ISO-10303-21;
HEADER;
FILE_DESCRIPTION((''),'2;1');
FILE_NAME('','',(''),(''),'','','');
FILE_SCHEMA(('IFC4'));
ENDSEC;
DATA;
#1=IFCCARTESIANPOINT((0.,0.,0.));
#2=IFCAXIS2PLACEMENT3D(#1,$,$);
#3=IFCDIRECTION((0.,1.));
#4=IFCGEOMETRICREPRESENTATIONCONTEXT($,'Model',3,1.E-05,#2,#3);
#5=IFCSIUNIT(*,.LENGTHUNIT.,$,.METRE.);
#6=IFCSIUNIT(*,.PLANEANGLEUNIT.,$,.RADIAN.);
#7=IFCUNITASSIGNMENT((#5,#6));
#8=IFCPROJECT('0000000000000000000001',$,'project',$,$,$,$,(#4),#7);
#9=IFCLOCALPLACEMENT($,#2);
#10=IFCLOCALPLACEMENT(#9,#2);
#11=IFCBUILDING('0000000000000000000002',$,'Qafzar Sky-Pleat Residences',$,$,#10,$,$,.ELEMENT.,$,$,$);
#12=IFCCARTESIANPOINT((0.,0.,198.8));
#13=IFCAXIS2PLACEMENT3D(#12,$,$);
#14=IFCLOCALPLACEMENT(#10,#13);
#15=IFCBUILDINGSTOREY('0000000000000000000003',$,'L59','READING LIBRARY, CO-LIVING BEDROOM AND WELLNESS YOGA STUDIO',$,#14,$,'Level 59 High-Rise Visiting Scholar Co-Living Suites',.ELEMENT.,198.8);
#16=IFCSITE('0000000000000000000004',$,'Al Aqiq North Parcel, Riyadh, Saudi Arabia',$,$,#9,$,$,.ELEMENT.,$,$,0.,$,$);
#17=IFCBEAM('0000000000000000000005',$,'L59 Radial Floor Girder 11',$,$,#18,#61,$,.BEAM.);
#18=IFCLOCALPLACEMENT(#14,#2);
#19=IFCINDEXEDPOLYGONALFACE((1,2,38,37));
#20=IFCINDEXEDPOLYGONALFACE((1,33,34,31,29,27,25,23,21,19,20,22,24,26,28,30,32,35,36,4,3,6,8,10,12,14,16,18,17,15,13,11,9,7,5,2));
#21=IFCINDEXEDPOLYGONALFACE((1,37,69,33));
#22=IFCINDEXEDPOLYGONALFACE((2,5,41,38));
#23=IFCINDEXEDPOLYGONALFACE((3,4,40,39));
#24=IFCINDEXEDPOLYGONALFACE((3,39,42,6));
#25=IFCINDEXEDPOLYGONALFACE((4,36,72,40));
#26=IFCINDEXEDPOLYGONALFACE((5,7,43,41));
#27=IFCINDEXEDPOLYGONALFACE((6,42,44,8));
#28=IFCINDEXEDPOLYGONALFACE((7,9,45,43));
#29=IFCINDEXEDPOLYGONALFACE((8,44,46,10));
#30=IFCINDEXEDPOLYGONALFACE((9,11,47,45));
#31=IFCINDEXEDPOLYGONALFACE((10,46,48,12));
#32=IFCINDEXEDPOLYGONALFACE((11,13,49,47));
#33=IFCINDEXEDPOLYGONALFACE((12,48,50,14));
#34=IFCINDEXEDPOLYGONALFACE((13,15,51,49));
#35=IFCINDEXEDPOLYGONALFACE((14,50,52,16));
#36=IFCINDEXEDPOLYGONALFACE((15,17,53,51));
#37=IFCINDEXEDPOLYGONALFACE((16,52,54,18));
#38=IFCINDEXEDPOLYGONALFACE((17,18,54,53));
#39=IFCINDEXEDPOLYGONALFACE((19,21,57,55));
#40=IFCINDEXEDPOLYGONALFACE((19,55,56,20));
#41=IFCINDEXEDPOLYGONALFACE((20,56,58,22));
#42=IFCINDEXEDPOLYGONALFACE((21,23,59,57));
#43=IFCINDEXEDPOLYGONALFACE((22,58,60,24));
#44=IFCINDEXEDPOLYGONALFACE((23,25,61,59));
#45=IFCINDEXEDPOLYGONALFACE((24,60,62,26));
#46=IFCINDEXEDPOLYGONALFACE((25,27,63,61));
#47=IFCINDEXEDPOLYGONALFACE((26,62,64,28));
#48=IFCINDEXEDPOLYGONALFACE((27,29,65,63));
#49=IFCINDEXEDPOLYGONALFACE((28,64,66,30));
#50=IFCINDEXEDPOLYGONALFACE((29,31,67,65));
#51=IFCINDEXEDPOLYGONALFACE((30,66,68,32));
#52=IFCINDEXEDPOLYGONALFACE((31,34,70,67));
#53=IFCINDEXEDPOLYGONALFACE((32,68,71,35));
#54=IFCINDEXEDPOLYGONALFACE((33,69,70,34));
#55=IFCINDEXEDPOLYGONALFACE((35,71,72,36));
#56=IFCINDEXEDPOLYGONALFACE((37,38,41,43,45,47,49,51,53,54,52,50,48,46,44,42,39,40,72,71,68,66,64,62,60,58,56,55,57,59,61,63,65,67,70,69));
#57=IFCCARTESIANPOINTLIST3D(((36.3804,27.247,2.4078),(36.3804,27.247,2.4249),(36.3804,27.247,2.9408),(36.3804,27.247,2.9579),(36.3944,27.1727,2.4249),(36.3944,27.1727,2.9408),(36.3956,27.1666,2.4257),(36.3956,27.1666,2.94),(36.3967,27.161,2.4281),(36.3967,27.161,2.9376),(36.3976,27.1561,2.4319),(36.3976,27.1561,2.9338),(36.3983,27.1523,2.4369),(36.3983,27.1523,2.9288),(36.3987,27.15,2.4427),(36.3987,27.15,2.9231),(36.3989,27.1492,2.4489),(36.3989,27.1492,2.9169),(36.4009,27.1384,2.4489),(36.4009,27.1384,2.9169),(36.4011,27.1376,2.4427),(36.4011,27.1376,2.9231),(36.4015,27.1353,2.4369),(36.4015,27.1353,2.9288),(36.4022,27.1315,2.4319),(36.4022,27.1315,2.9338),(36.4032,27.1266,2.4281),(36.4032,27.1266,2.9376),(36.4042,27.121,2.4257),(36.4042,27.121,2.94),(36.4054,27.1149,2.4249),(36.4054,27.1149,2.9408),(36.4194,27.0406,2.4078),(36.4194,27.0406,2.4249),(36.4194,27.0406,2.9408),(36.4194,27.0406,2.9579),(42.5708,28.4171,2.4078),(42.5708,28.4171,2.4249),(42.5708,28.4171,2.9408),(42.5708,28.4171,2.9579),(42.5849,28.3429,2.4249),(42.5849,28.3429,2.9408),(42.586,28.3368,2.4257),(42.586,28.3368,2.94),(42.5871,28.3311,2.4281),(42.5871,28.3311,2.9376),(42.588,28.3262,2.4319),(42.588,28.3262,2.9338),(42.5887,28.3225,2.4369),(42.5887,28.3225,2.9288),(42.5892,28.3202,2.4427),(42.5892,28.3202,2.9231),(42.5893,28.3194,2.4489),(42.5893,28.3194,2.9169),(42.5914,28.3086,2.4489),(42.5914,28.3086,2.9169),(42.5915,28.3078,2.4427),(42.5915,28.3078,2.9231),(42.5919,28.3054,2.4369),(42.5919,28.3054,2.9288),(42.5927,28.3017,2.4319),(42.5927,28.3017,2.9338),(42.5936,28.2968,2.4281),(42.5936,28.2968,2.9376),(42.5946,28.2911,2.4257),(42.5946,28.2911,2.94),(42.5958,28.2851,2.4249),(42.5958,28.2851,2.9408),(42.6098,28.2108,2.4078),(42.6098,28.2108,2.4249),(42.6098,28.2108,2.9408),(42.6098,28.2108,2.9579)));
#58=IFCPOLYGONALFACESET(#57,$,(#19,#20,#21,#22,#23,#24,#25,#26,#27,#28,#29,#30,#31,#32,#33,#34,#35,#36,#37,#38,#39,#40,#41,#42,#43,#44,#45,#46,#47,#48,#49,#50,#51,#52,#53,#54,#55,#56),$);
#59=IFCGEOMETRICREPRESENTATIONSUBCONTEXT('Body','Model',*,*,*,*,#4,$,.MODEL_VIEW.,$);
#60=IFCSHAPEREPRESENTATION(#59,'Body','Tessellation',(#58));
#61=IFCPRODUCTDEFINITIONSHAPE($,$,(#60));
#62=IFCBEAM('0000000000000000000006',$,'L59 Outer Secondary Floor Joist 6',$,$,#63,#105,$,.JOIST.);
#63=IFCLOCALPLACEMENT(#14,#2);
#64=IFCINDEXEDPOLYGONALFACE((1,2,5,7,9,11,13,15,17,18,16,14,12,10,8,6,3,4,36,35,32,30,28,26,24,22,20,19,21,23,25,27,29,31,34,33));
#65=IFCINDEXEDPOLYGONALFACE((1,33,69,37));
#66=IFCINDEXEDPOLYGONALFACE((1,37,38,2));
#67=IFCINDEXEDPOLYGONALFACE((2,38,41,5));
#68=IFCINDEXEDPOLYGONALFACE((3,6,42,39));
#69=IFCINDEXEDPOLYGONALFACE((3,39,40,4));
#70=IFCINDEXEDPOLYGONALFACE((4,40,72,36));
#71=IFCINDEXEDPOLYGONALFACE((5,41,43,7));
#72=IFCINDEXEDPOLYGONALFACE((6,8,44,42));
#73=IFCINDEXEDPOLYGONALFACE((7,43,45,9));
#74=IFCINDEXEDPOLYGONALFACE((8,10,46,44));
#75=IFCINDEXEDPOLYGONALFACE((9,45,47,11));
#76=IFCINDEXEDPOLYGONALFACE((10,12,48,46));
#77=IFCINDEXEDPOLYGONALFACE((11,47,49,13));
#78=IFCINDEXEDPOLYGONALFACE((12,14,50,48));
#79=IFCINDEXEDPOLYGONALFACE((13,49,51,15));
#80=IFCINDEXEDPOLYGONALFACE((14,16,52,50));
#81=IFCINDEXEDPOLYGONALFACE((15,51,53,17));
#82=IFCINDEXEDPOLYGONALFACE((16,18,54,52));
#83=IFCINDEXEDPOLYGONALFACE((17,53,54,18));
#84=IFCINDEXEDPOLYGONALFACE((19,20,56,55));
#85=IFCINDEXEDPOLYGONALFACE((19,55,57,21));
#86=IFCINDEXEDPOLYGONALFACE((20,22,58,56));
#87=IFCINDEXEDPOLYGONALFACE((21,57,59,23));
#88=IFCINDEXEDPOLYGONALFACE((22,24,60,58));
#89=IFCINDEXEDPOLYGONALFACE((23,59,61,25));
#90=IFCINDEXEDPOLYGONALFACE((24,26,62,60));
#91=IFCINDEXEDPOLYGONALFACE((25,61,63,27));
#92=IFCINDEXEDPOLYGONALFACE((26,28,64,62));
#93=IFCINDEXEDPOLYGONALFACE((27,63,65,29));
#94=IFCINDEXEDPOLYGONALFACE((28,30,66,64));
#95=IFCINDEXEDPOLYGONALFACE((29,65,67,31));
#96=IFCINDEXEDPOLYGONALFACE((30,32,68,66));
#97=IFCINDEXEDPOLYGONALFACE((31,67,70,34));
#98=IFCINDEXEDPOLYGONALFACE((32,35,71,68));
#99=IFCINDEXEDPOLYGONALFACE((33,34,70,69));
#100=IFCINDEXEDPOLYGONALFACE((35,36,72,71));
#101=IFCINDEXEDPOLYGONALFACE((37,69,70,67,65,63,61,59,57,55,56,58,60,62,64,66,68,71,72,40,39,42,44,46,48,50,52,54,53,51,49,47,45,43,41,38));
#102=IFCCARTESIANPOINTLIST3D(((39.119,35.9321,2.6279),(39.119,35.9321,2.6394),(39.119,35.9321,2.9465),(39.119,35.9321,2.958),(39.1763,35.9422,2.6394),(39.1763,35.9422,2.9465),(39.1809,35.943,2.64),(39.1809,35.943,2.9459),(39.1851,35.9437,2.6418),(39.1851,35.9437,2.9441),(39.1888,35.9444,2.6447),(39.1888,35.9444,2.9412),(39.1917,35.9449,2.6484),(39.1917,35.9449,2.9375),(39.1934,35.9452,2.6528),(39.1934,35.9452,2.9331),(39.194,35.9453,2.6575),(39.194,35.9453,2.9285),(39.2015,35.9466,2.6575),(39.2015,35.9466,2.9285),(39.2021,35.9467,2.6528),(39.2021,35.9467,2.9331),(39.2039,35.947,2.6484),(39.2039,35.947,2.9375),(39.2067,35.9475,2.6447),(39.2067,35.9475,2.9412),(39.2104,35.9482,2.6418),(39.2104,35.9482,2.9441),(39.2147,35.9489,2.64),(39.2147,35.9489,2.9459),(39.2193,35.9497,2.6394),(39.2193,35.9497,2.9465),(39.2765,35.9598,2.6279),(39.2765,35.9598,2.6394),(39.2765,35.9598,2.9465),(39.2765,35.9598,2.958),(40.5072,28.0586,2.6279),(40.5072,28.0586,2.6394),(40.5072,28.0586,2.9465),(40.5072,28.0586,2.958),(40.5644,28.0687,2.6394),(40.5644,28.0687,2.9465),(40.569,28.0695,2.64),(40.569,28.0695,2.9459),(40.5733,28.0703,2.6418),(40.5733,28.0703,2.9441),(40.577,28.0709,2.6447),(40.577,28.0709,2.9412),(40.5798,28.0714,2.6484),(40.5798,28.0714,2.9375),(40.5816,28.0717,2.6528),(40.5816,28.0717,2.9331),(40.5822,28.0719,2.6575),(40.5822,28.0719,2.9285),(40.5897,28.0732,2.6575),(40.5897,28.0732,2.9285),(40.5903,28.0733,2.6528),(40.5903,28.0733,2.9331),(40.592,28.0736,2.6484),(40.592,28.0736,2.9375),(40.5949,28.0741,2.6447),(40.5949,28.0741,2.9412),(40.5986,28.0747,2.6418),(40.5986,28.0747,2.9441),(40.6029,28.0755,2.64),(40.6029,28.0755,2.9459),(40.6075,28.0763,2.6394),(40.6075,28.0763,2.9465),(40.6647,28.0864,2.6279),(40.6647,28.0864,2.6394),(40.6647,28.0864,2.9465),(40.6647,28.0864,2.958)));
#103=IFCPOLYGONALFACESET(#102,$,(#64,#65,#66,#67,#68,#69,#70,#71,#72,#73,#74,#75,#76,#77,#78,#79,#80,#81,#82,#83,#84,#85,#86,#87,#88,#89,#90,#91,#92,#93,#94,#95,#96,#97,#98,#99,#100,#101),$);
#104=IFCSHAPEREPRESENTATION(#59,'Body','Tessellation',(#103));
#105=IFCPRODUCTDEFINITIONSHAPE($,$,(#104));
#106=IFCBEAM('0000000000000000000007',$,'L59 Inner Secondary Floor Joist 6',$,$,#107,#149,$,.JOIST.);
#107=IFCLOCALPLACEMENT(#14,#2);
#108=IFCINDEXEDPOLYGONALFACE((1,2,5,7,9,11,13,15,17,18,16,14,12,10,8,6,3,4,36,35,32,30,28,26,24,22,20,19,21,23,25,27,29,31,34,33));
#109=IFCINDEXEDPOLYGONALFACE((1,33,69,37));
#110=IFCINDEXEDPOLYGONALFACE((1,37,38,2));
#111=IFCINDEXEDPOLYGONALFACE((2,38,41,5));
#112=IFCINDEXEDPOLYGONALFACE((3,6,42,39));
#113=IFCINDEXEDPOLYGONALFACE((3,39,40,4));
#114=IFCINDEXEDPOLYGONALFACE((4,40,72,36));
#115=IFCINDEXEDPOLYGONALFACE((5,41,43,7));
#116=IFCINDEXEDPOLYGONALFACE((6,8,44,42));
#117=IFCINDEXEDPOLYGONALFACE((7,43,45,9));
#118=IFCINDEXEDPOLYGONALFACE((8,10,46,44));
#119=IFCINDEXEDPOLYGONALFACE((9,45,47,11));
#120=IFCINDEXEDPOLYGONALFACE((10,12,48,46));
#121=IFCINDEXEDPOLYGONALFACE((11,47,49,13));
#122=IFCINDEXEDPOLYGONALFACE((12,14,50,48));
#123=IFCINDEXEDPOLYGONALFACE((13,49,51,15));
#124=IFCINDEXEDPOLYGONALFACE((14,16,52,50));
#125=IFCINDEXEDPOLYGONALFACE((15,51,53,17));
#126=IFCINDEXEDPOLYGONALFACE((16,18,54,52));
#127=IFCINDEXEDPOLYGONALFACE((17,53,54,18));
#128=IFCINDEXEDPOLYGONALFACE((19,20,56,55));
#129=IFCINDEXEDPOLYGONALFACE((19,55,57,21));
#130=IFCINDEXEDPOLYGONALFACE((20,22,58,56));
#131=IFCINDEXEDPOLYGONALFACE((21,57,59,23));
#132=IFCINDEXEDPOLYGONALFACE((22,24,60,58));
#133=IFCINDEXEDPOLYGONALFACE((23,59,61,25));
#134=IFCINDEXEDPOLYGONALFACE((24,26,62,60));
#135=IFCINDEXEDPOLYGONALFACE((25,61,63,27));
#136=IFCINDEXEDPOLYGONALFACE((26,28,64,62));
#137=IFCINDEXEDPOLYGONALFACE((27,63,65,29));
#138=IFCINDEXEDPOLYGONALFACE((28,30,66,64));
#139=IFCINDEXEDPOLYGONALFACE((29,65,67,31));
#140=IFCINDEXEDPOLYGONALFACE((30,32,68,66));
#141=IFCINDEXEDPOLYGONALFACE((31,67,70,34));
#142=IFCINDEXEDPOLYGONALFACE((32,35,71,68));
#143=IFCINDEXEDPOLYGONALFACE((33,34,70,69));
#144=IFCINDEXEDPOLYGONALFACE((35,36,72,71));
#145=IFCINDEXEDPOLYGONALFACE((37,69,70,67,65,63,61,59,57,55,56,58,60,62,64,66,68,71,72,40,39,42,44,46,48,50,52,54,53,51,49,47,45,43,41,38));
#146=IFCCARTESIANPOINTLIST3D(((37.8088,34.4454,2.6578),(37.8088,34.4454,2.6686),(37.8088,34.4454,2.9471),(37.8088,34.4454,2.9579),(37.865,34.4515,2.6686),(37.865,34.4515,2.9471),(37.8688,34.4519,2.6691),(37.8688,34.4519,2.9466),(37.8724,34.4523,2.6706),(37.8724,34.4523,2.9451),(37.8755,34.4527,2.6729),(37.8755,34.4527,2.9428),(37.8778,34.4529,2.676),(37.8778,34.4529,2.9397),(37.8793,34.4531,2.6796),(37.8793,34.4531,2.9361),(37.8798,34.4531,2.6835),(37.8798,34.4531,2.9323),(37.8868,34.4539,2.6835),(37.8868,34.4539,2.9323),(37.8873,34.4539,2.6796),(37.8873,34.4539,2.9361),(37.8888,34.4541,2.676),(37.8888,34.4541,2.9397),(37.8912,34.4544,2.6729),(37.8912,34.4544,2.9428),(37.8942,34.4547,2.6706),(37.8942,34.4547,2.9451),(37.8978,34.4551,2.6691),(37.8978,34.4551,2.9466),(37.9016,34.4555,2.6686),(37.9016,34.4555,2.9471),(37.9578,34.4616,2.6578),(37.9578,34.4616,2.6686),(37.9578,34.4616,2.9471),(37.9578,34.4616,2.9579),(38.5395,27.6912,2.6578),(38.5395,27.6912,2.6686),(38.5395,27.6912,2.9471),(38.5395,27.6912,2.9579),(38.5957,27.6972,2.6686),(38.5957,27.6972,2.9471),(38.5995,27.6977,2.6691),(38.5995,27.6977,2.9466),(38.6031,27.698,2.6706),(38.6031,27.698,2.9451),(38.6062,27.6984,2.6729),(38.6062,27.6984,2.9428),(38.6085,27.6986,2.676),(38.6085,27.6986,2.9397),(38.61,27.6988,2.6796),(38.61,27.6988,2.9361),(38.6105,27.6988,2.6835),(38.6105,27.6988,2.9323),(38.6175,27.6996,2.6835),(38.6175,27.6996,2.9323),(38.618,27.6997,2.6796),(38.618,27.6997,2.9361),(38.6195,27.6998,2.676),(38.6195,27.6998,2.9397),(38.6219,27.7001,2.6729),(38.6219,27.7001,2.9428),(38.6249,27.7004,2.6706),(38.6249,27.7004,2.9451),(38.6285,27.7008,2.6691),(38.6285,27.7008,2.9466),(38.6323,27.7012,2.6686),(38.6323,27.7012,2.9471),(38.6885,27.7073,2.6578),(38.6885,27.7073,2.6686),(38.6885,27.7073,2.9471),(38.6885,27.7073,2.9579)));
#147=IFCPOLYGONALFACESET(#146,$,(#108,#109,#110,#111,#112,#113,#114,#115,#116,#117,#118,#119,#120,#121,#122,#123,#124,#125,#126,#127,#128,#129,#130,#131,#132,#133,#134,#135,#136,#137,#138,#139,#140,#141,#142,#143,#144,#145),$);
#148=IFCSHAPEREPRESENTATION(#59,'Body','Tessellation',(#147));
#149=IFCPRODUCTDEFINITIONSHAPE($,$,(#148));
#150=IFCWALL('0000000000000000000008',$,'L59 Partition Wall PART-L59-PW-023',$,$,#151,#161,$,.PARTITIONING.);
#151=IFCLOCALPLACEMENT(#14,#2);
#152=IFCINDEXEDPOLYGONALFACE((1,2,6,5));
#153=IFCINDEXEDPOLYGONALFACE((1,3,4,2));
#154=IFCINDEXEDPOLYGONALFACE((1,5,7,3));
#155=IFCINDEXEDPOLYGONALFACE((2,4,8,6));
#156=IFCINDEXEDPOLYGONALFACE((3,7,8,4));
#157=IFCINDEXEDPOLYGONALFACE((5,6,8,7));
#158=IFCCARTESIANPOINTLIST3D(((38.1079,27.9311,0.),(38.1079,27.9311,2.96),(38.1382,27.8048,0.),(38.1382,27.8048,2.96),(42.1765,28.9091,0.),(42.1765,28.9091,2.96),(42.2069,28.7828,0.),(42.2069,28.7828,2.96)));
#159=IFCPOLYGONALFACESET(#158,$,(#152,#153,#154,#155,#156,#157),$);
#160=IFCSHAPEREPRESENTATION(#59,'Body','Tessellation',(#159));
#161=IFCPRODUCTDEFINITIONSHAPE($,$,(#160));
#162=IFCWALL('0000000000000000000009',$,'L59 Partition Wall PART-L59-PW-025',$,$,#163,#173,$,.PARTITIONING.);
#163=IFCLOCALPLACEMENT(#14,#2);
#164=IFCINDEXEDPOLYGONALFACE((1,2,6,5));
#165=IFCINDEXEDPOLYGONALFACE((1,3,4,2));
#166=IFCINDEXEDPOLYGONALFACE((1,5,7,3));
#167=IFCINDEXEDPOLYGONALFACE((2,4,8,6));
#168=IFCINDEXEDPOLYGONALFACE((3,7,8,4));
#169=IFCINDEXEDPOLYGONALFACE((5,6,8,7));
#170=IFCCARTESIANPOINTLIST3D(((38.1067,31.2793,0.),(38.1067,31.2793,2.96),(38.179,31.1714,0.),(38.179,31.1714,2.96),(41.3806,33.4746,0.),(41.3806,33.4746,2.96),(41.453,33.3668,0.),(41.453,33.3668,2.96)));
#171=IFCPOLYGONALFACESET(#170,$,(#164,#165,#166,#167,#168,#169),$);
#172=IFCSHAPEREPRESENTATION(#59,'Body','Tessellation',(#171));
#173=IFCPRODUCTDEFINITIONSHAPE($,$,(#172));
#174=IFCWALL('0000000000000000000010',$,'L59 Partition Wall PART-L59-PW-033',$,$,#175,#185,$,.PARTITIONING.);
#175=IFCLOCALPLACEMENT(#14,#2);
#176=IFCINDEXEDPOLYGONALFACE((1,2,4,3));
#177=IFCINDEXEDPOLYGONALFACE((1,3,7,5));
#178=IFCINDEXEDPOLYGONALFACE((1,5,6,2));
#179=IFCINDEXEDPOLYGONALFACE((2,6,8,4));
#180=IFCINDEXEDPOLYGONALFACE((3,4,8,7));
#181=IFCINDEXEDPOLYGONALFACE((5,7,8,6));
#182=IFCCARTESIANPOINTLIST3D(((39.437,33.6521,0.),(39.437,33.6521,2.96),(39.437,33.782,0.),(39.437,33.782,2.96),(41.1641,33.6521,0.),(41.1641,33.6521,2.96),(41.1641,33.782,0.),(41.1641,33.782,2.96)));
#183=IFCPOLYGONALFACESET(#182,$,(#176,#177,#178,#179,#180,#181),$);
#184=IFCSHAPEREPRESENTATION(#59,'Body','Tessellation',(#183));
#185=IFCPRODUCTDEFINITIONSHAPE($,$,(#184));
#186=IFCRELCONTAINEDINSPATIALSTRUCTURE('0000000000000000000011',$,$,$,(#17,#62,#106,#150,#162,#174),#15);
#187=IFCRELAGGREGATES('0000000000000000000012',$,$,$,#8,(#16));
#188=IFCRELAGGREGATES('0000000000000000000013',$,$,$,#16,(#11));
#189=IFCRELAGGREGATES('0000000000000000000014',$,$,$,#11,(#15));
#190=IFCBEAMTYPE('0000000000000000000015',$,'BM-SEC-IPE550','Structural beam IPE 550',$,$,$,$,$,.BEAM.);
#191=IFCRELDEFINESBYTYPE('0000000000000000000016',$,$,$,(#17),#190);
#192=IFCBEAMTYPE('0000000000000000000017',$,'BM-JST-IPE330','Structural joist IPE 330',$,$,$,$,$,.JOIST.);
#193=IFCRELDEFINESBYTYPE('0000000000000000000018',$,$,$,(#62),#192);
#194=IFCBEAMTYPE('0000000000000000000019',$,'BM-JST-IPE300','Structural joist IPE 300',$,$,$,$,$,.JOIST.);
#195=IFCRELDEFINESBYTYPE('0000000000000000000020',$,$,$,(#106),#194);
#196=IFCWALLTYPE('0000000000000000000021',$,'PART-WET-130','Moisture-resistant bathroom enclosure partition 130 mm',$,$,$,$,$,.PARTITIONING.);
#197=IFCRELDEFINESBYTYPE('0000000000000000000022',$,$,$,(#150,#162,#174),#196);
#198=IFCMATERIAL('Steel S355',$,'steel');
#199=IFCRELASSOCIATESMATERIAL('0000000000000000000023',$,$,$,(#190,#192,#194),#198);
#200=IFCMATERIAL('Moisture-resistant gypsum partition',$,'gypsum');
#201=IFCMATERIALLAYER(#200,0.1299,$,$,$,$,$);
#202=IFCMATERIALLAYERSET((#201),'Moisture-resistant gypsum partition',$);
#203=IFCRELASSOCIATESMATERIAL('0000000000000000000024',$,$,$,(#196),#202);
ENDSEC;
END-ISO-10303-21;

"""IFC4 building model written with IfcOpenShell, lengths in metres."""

from ifc_helpers import new_model, si_unit, direction, frame, frame_2d, origin, origin_2d, place, context, subcontext, project, spatial, rectangle, i_section, extrude, source, transform, mapped, material, layer, layer_set, material_profile, profile_set, type_object, element, save


model = new_model("IFC4")

# Units and contexts
model_context = context("Model", 3, precision=1e-05, world=origin(), true_north=direction((0.0, 1.0)))
body_context = subcontext(model_context, "Body", "Model", "MODEL_VIEW")
ifc_project = project(units=[si_unit("LENGTHUNIT", "METRE"), si_unit("PLANEANGLEUNIT", "RADIAN")], contexts=[model_context])

# Site, building, storey
site_placement = place(None, origin())
site = spatial("IfcSite", under=ifc_project, at=site_placement, Name="Al Aqiq North Parcel, Riyadh, Saudi Arabia", CompositionType="ELEMENT", RefElevation=0.0)
building_placement = place(site_placement, origin())
building = spatial("IfcBuilding", under=site, at=building_placement, Name="Qafzar Sky-Pleat Residences", CompositionType="ELEMENT")
storey_placement = place(building_placement, frame((0.0, 0.0, 198.8)))
storey = spatial("IfcBuildingStorey", under=building, at=storey_placement, Name="L59", Description="READING LIBRARY, CO-LIVING BEDROOM AND WELLNESS YOGA STUDIO", LongName="Level 59 High-Rise Visiting Scholar Co-Living Suites", CompositionType="ELEMENT", Elevation=198.8)

# Shared definitions
ifc_material_1 = material(Name="Steel S355", Category="steel")

# Beams
ifc_material_profile_1 = material_profile(ifc_material_1, i_section(OverallWidth=0.21, OverallDepth=0.55, WebThickness=0.011, FlangeThickness=0.0171, FilletRadius=0.0239, at=origin_2d()), Name="IPE 550")
ifc_profile_set_1 = profile_set([ifc_material_profile_1], Name="Steel S355")
beam_type_1 = type_object("IfcBeamType", Name="BM-SEC-IPE550", Description="Structural beam IPE 550", PredefinedType="BEAM", material=ifc_profile_set_1)
shared_shape_1 = source(origin(), body_context, "Body", "SweptSolid", [
    extrude(i_section(OverallWidth=0.21, OverallDepth=0.55, WebThickness=0.011, FlangeThickness=0.0171, FilletRadius=0.0239, at=origin_2d()), origin(), (0.0, 0.0, 1.0), 6.3),
])
beam_1_placement = place(storey_placement, frame((42.5903, 28.314, 2.6829), z_axis=(-0.982599, -0.185739, 0.0), x_axis=(0.185739, -0.982599, 0.0)))
element("IfcBeam", 1, at=beam_1_placement, inside=storey, type_object=beam_type_1, Name="L59 Radial Floor Girder 11", PredefinedType="BEAM", context=body_context, shape_type="MappedRepresentation", body=[
    mapped(shared_shape_1, transform((0.0, 0.0, 0.0), x_axis=(1.0, 0.0, 0.0), y_axis=(0.0, 1.0, 0.0), z_axis=(0.0, 0.0, 1.0), scale=1.0)),
])
ifc_material_profile_2 = material_profile(ifc_material_1, i_section(OverallWidth=0.1599, OverallDepth=0.3301, WebThickness=0.0076, FlangeThickness=0.0115, FilletRadius=0.0181, at=origin_2d()), Name="IPE 330")
ifc_profile_set_2 = profile_set([ifc_material_profile_2], Name="Steel S355")
beam_type_2 = type_object("IfcBeamType", Name="BM-JST-IPE330", Description="Structural joist IPE 330", PredefinedType="JOIST", material=ifc_profile_set_2)
shared_shape_2 = source(origin(), body_context, "Body", "SweptSolid", [
    extrude(i_section(OverallWidth=0.1599, OverallDepth=0.3301, WebThickness=0.0076, FlangeThickness=0.0115, FilletRadius=0.0181, at=origin_2d()), origin(), (0.0, 0.0, 1.0), 7.9949),
])
beam_2_placement = place(storey_placement, frame((40.5859, 28.0725, 2.793), z_axis=(-0.173632, 0.984811, 0.0), x_axis=(-0.984811, -0.173632, 0.0)))
element("IfcBeam", 2, at=beam_2_placement, inside=storey, type_object=beam_type_2, Name="L59 Outer Secondary Floor Joist 6", PredefinedType="JOIST", context=body_context, shape_type="MappedRepresentation", body=[
    mapped(shared_shape_2, transform((0.0, 0.0, 0.0), x_axis=(1.0, 0.0, 0.0), y_axis=(0.0, 1.0, 0.0), z_axis=(0.0, 0.0, 1.0), scale=1.0)),
])
ifc_material_profile_3 = material_profile(ifc_material_1, i_section(OverallWidth=0.1499, OverallDepth=0.3, WebThickness=0.0071, FlangeThickness=0.0107, FilletRadius=0.0149, at=origin_2d()), Name="IPE 300")
ifc_profile_set_3 = profile_set([ifc_material_profile_3], Name="Steel S355")
beam_type_3 = type_object("IfcBeamType", Name="BM-JST-IPE300", Description="Structural joist IPE 300", PredefinedType="JOIST", material=ifc_profile_set_3)
shared_shape_3 = source(origin(), body_context, "Body", "SweptSolid", [
    extrude(i_section(OverallWidth=0.1499, OverallDepth=0.3, WebThickness=0.0071, FlangeThickness=0.0107, FilletRadius=0.0149, at=origin_2d()), origin(), (0.0, 0.0, 1.0), 6.7937),
])
beam_3_placement = place(storey_placement, frame((38.614, 27.6992, 2.8079), z_axis=(-0.107556, 0.994199, 0.0), x_axis=(-0.994199, -0.107556, 0.0)))
element("IfcBeam", 3, at=beam_3_placement, inside=storey, type_object=beam_type_3, Name="L59 Inner Secondary Floor Joist 6", PredefinedType="JOIST", context=body_context, shape_type="MappedRepresentation", body=[
    mapped(shared_shape_3, transform((0.0, 0.0, 0.0), x_axis=(1.0, 0.0, 0.0), y_axis=(0.0, 1.0, 0.0), z_axis=(0.0, 0.0, 1.0), scale=1.0)),
])

# Walls
ifc_material_2 = material(Name="Moisture-resistant gypsum partition", Category="gypsum")
ifc_layer_1 = layer(ifc_material_2, 0.1299)
ifc_layer_set_1 = layer_set([ifc_layer_1], Name="Moisture-resistant gypsum partition")
wall_type_1 = type_object("IfcWallType", Name="PART-WET-130", Description="Moisture-resistant bathroom enclosure partition 130 mm", PredefinedType="PARTITIONING", material=ifc_layer_set_1)
wall_1_placement = place(storey_placement, frame((38.123, 27.8679, 0.0), z_axis=(0.0, 0.0, 1.0), x_axis=(0.972303, 0.233726, 0.0)))
element("IfcWall", 4, at=wall_1_placement, inside=storey, type_object=wall_type_1, Name="L59 Partition Wall PART-L59-PW-023", PredefinedType="PARTITIONING", context=body_context, shape_type="SweptSolid", body=[
    extrude(rectangle(XDim=4.1846, YDim=0.1299, at=frame_2d((2.0923, 0.0))), origin(), (0.0, 0.0, 1.0), 2.96),
])
wall_2_placement = place(storey_placement, frame((38.1428, 31.2253, 0.0), z_axis=(0.0, 0.0, 1.0), x_axis=(0.830561, 0.556928, 0.0)))
element("IfcWall", 5, at=wall_2_placement, inside=storey, type_object=wall_type_1, Name="L59 Partition Wall PART-L59-PW-025", PredefinedType="PARTITIONING", context=body_context, shape_type="SweptSolid", body=[
    extrude(rectangle(XDim=3.9419, YDim=0.1299, at=frame_2d((1.9709, 0.0))), origin(), (0.0, 0.0, 1.0), 2.96),
])
wall_3_placement = place(storey_placement, frame((39.437, 33.717, 0.0), z_axis=(0.0, 0.0, 1.0), x_axis=(1.0, 0.0, 0.0)))
element("IfcWall", 6, at=wall_3_placement, inside=storey, type_object=wall_type_1, Name="L59 Partition Wall PART-L59-PW-033", PredefinedType="PARTITIONING", context=body_context, shape_type="SweptSolid", body=[
    extrude(rectangle(XDim=1.7271, YDim=0.1299, at=frame_2d((0.8635, 0.0))), origin(), (0.0, 0.0, 1.0), 2.96),
])

save(model, "model.ifc")
